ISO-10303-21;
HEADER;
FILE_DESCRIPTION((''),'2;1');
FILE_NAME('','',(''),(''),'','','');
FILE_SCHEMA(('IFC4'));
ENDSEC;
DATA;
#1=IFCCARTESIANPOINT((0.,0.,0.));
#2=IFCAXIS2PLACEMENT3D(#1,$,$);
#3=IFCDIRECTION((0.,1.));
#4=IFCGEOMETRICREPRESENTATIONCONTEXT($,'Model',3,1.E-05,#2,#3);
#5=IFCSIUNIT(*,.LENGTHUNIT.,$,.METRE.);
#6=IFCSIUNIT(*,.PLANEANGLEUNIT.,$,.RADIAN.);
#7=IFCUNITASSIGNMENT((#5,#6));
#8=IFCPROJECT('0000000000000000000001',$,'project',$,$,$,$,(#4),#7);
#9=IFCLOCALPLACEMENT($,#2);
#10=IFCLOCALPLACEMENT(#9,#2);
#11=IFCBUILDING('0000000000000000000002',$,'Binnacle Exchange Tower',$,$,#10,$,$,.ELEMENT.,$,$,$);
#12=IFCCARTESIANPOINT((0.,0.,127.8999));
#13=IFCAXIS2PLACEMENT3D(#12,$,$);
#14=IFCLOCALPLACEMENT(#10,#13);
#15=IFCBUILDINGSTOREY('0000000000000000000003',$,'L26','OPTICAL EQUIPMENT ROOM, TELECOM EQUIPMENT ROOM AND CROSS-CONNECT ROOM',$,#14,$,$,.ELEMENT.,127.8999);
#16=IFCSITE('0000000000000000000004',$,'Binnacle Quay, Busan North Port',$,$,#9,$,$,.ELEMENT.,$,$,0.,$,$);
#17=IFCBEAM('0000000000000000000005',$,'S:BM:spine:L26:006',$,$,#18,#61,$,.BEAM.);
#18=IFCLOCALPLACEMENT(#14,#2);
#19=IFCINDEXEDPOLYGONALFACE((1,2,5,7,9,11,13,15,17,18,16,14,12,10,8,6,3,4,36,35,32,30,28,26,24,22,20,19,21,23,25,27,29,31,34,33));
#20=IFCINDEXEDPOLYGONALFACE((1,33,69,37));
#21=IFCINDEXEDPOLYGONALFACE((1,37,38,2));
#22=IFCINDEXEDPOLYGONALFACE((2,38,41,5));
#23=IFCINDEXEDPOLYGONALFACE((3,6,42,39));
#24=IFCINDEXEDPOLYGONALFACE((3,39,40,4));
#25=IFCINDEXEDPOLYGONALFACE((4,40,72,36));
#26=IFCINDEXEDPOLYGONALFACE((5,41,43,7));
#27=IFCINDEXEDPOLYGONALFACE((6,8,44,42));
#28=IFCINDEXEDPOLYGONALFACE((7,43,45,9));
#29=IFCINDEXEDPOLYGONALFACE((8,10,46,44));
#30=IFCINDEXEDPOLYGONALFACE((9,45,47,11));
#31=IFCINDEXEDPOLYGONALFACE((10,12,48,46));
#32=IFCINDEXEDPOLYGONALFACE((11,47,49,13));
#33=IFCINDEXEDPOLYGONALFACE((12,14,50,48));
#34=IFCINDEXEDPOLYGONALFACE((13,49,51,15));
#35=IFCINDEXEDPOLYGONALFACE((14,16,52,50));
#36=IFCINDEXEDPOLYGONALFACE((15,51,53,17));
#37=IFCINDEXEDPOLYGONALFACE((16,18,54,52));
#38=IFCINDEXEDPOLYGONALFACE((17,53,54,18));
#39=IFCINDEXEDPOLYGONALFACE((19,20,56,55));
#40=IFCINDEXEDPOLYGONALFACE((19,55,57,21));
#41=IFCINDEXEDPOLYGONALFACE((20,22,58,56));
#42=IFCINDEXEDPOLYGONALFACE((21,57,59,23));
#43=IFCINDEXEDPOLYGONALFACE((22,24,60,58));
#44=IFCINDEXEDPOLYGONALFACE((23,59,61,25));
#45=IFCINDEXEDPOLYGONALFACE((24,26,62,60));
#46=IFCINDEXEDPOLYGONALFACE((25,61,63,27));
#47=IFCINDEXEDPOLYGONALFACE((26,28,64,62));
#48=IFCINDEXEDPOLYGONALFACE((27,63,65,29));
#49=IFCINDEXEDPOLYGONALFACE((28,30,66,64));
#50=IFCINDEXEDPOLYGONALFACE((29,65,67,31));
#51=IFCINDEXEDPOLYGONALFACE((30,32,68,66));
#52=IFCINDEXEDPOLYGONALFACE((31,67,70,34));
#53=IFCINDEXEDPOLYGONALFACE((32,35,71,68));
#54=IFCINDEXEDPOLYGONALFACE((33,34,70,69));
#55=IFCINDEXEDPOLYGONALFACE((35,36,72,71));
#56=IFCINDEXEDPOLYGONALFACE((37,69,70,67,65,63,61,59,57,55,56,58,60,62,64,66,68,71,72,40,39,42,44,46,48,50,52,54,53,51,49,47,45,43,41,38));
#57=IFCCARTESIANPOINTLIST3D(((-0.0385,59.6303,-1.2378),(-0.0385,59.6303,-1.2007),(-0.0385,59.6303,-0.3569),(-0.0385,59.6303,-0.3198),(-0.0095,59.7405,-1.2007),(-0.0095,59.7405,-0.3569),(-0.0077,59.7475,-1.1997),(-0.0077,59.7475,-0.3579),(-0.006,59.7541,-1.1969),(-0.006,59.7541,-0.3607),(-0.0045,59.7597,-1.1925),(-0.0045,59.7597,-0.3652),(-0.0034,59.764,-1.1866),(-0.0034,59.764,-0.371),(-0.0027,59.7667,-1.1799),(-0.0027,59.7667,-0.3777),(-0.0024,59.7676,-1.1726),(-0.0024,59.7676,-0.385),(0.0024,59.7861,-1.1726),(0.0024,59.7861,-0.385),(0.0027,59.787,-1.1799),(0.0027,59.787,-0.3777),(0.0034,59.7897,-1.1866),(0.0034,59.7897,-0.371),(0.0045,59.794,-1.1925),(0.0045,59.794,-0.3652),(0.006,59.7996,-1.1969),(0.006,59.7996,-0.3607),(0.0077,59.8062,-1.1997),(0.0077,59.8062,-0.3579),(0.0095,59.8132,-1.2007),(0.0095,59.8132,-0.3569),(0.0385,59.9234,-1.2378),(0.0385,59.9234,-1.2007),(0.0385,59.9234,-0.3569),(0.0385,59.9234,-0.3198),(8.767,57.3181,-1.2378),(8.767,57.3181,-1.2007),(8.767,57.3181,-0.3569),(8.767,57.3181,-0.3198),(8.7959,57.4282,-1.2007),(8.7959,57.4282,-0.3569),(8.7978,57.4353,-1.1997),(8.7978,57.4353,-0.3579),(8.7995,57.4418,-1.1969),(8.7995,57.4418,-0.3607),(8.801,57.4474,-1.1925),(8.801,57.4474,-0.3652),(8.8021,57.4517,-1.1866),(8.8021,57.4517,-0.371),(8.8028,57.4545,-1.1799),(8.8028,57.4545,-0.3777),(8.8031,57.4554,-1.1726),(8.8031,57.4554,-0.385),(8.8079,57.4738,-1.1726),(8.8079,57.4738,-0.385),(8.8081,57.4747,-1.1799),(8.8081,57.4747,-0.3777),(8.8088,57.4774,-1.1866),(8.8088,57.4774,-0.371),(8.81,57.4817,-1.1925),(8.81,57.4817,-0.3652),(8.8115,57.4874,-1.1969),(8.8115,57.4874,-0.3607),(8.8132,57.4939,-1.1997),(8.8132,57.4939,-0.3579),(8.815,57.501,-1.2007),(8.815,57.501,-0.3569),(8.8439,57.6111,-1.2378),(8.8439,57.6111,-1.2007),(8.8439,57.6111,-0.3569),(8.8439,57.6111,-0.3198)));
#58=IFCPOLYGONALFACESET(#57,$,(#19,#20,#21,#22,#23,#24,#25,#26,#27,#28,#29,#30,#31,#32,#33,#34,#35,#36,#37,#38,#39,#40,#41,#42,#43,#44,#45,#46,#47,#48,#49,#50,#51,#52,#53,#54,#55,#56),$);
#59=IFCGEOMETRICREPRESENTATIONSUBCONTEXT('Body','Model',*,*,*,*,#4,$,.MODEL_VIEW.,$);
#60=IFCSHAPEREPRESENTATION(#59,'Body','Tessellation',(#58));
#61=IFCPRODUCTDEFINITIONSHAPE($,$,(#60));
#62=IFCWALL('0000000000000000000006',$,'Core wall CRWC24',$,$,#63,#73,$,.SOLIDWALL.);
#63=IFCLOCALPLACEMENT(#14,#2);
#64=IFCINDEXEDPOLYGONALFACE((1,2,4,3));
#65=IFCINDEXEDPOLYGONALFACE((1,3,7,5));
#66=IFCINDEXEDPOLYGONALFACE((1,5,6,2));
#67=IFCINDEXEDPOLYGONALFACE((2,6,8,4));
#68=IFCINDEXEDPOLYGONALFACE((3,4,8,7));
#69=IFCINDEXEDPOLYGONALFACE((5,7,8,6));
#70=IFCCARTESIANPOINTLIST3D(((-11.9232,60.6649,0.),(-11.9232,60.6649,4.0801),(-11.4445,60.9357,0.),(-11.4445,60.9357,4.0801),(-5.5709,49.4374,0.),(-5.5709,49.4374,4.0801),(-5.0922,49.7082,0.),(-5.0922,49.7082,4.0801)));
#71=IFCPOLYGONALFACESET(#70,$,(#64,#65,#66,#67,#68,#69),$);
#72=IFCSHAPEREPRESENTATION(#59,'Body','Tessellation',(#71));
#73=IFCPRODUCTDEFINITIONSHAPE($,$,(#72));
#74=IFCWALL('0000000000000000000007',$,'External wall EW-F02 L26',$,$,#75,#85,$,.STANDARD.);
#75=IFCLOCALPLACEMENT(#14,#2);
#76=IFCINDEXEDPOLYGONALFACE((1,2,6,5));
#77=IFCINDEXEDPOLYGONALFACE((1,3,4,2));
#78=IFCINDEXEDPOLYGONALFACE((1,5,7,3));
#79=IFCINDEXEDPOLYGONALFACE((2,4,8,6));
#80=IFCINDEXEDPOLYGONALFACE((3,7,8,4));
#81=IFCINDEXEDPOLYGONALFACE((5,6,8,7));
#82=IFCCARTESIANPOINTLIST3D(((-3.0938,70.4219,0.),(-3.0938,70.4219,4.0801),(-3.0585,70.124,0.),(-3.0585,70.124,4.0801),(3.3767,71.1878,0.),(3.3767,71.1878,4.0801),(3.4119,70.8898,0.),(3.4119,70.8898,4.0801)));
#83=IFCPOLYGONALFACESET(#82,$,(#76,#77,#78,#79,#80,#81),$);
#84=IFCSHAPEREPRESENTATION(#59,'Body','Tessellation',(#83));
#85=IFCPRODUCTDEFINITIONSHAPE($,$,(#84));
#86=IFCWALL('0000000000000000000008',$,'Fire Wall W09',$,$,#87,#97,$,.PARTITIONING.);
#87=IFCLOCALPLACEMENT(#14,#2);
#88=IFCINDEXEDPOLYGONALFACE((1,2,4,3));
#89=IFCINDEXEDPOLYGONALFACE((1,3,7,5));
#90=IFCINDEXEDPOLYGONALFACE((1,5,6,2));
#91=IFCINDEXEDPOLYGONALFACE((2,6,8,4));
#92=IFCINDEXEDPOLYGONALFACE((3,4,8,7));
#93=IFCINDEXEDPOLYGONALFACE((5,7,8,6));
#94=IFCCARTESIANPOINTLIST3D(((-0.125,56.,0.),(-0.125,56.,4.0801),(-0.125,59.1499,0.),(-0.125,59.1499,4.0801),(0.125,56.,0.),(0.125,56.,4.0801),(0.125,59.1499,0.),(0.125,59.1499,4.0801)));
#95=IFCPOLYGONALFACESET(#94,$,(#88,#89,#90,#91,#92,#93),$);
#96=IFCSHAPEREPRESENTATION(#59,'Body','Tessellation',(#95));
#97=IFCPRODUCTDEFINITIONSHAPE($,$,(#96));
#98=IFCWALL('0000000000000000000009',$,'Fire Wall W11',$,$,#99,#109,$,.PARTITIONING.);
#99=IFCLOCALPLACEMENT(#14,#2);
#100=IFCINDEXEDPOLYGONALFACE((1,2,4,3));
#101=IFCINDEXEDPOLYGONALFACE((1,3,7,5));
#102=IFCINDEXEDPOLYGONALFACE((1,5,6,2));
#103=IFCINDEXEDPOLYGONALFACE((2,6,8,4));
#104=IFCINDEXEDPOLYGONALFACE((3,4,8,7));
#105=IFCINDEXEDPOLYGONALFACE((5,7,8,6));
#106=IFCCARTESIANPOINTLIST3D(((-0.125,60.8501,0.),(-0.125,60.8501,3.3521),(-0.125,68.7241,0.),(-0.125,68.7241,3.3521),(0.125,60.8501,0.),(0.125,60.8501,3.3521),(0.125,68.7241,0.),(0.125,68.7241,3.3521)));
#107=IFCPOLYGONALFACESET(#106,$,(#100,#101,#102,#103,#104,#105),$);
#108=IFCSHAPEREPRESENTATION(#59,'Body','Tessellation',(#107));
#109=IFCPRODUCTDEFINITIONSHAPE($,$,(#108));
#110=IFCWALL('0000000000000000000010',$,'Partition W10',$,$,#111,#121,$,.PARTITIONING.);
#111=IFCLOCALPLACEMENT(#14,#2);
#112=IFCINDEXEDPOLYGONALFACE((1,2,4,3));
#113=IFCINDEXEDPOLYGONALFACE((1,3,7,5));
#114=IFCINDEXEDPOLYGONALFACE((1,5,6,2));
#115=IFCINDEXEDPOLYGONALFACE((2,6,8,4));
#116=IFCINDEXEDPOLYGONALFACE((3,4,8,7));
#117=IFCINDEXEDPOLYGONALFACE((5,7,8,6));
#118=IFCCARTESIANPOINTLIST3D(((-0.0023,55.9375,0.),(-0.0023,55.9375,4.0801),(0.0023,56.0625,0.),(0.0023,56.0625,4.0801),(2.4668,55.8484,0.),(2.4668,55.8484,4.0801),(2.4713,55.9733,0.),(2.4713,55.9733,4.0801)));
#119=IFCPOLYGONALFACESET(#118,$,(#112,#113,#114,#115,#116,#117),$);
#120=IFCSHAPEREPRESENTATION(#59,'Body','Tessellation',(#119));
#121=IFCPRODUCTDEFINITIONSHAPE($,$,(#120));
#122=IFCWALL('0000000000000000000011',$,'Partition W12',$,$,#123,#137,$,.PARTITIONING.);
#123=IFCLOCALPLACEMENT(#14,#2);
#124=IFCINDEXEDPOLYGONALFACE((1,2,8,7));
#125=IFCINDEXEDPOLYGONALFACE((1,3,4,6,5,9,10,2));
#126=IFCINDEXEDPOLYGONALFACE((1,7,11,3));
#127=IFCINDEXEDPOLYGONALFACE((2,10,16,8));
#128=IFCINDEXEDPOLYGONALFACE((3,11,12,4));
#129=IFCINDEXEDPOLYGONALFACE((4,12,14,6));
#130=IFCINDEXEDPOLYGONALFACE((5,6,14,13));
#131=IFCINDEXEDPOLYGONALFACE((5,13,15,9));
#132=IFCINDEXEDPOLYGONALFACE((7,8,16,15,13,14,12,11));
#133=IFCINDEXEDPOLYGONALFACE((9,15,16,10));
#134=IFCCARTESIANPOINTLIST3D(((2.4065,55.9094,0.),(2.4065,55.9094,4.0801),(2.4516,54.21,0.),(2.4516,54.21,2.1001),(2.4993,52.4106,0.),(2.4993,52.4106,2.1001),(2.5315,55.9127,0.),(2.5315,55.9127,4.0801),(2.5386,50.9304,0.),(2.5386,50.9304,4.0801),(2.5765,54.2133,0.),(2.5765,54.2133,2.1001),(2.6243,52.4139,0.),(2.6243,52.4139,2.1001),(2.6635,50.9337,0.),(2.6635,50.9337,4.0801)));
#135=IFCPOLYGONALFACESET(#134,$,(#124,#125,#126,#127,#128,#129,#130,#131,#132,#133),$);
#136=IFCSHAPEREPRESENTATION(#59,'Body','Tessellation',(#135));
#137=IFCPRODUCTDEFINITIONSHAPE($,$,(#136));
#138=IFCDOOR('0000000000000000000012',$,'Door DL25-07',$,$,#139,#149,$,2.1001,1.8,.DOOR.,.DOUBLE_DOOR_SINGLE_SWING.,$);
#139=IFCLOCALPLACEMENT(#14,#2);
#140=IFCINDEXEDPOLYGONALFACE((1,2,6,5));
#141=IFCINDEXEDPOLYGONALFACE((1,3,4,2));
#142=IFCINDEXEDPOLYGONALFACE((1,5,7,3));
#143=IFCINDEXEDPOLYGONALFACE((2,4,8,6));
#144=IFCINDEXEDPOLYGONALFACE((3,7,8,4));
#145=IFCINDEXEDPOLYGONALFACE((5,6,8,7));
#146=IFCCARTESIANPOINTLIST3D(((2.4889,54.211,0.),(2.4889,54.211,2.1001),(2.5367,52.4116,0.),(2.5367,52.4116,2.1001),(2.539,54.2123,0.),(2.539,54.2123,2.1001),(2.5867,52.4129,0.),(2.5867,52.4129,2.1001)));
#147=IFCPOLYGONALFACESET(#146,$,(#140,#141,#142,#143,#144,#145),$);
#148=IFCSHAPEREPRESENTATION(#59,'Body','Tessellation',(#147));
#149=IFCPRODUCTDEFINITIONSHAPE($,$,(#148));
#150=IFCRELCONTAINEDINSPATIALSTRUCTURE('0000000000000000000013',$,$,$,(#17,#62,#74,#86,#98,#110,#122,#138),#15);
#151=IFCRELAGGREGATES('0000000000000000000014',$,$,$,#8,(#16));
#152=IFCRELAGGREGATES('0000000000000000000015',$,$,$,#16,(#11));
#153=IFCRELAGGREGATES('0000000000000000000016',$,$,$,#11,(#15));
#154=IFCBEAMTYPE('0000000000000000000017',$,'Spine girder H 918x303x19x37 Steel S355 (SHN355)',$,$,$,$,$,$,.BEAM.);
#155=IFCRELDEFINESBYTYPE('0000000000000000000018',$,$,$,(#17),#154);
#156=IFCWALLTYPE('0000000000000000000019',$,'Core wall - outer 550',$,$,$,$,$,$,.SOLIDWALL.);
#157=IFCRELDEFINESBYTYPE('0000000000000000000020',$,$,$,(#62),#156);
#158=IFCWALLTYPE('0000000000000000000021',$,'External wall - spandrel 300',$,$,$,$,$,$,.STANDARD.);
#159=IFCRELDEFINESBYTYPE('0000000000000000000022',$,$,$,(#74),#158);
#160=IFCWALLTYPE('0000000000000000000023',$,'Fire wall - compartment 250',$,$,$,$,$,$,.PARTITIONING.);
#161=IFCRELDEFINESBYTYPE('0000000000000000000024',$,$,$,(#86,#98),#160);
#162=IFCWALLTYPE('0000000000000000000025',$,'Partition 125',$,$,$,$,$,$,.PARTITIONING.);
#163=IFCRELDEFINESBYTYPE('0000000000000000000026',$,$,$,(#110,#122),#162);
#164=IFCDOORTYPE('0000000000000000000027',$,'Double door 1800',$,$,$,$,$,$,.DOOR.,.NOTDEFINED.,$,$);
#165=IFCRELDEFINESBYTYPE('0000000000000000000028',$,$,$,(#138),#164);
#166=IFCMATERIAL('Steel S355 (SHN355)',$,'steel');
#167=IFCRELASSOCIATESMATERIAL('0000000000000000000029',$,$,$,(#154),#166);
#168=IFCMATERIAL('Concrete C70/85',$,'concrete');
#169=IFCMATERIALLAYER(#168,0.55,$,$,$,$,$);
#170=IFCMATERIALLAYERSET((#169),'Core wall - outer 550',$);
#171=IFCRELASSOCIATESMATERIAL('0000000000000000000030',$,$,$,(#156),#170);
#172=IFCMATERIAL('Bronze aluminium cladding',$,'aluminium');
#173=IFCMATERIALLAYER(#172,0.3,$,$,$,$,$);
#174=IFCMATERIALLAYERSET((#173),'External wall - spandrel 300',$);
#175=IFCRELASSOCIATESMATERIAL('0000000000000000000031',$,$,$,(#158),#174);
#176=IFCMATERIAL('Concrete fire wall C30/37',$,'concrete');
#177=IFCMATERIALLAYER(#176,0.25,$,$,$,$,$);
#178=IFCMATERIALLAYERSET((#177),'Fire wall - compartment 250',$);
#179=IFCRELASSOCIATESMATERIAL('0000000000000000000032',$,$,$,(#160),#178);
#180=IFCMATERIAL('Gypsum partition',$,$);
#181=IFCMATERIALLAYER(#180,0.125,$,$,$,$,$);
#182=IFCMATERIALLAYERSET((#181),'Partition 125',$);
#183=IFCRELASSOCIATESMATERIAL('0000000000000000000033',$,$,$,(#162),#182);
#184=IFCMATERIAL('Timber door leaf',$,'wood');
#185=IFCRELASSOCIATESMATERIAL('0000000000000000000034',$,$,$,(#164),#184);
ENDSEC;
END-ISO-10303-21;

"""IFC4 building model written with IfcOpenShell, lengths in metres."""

from ifc_helpers import new_model, si_unit, direction, frame, frame_2d, origin, origin_2d, place, context, subcontext, project, spatial, rectangle, i_section, extrude, material, layer, layer_set, material_profile, profile_set, type_object, element, fill, save


model = new_model("IFC4")

# Units and contexts
model_context = context("Model", 3, precision=1e-05, world=origin(), true_north=direction((0.0, 1.0)))
body_context = subcontext(model_context, "Body", "Model", "MODEL_VIEW")
ifc_project = project(units=[si_unit("LENGTHUNIT", "METRE"), si_unit("PLANEANGLEUNIT", "RADIAN")], contexts=[model_context])

# Site, building, storey
site_placement = place(None, origin())
site = spatial("IfcSite", under=ifc_project, at=site_placement, Name="Binnacle Quay, Busan North Port", CompositionType="ELEMENT", RefElevation=0.0)
building_placement = place(site_placement, origin())
building = spatial("IfcBuilding", under=site, at=building_placement, Name="Binnacle Exchange Tower", CompositionType="ELEMENT")
storey_placement = place(building_placement, frame((0.0, 0.0, 127.8999)))
storey = spatial("IfcBuildingStorey", under=building, at=storey_placement, Name="L26", Description="OPTICAL EQUIPMENT ROOM, TELECOM EQUIPMENT ROOM AND CROSS-CONNECT ROOM", CompositionType="ELEMENT", Elevation=127.8999)

# Shared definitions
ifc_material_1 = material(Name="Concrete C70/85", Category="concrete")

# Beam
ifc_material_2 = material(Name="Steel S355 (SHN355)", Category="steel")
ifc_material_profile_1 = material_profile(ifc_material_2, i_section(OverallWidth=0.303, OverallDepth=0.918, WebThickness=0.019, FlangeThickness=0.0371, FilletRadius=0.0281, at=origin_2d()), Name="H 918x303x19x37")
ifc_profile_set_1 = profile_set([ifc_material_profile_1], Name="Steel S355 (SHN355)")
beam_type_1 = type_object("IfcBeamType", Name="Spine girder H 918x303x19x37 Steel S355 (SHN355)", PredefinedType="BEAM", material=ifc_profile_set_1)
beam_1_placement = place(storey_placement, frame((0.0, 59.7769, -0.7788), z_axis=(0.967208, -0.253984, 0.0), x_axis=(0.253984, 0.967208, 0.0)))
element("IfcBeam", 1, at=beam_1_placement, inside=storey, type_object=beam_type_1, Name="S:BM:spine:L26:006", PredefinedType="BEAM", context=body_context, shape_type="SweptSolid", body=[
    extrude(i_section(OverallWidth=0.303, OverallDepth=0.918, WebThickness=0.019, FlangeThickness=0.0371, FilletRadius=0.0281, at=origin_2d()), origin(), (0.0, 0.0, 1.0), 9.104),
])

# Walls
ifc_layer_1 = layer(ifc_material_1, 0.55)
ifc_layer_set_1 = layer_set([ifc_layer_1], Name="Core wall - outer 550")
wall_type_1 = type_object("IfcWallType", Name="Core wall - outer 550", PredefinedType="SOLIDWALL", material=ifc_layer_set_1)
wall_1_placement = place(storey_placement, frame((-11.6838, 60.8003, 0.0), z_axis=(0.0, 0.0, 1.0), x_axis=(0.492427, -0.870354, 0.0)))
element("IfcWall", 2, at=wall_1_placement, inside=storey, type_object=wall_type_1, Name="Core wall CRWC24", PredefinedType="SOLIDWALL", context=body_context, shape_type="SweptSolid", body=[
    extrude(rectangle(XDim=12.8999, YDim=0.55, at=frame_2d((6.45, 0.0))), origin(), (0.0, 0.0, 1.0), 4.0801),
])
ifc_material_3 = material(Name="Bronze aluminium cladding", Category="aluminium")
ifc_layer_2 = layer(ifc_material_3, 0.3)
ifc_layer_set_2 = layer_set([ifc_layer_2], Name="External wall - spandrel 300")
wall_type_2 = type_object("IfcWallType", Name="External wall - spandrel 300", PredefinedType="STANDARD", material=ifc_layer_set_2)
wall_2_placement = place(storey_placement, frame((-3.0762, 70.2729, 0.0), z_axis=(0.0, 0.0, 1.0), x_axis=(0.993068, 0.117543, 0.0)))
element("IfcWall", 3, at=wall_2_placement, inside=storey, type_object=wall_type_2, Name="External wall EW-F02 L26", PredefinedType="STANDARD", context=body_context, shape_type="SweptSolid", body=[
    extrude(rectangle(XDim=6.5156, YDim=0.3, at=frame_2d((3.2578, 0.0))), origin(), (0.0, 0.0, 1.0), 4.0801),
])
ifc_material_4 = material(Name="Concrete fire wall C30/37", Category="concrete")
ifc_layer_3 = layer(ifc_material_4, 0.25)
ifc_layer_set_3 = layer_set([ifc_layer_3], Name="Fire wall - compartment 250")
wall_type_3 = type_object("IfcWallType", Name="Fire wall - compartment 250", PredefinedType="PARTITIONING", material=ifc_layer_set_3)
wall_3_placement = place(storey_placement, frame((0.0, 56.0, 0.0), z_axis=(0.0, 0.0, 1.0), x_axis=(0.0, 1.0, 0.0)))
element("IfcWall", 4, at=wall_3_placement, inside=storey, type_object=wall_type_3, Name="Fire Wall W09", PredefinedType="PARTITIONING", context=body_context, shape_type="SweptSolid", body=[
    extrude(rectangle(XDim=3.1499, YDim=0.25, at=frame_2d((1.575, 0.0))), origin(), (0.0, 0.0, 1.0), 4.0801),
])
wall_4_placement = place(storey_placement, frame((0.0, 60.8501, 0.0), z_axis=(0.0, 0.0, 1.0), x_axis=(0.0, 1.0, 0.0)))
element("IfcWall", 5, at=wall_4_placement, inside=storey, type_object=wall_type_3, Name="Fire Wall W11", PredefinedType="PARTITIONING", context=body_context, shape_type="SweptSolid", body=[
    extrude(rectangle(XDim=7.874, YDim=0.25, at=frame_2d((3.937, 0.0))), origin(), (0.0, 0.0, 1.0), 3.3521),
])
ifc_material_5 = material(Name="Gypsum partition")
ifc_layer_4 = layer(ifc_material_5, 0.125)
ifc_layer_set_4 = layer_set([ifc_layer_4], Name="Partition 125")
wall_type_4 = type_object("IfcWallType", Name="Partition 125", PredefinedType="PARTITIONING", material=ifc_layer_set_4)
wall_5_placement = place(storey_placement, frame((0.0, 56.0, 0.0), z_axis=(0.0, 0.0, 1.0), x_axis=(0.999349, -0.036069, 0.0)))
element("IfcWall", 6, at=wall_5_placement, inside=storey, type_object=wall_type_4, Name="Partition W10", PredefinedType="PARTITIONING", context=body_context, shape_type="SweptSolid", body=[
    extrude(rectangle(XDim=2.4707, YDim=0.125, at=frame_2d((1.2354, 0.0))), origin(), (0.0, 0.0, 1.0), 4.0801),
])

# Wall, opening, door
wall_6_placement = place(storey_placement, frame((2.469, 55.9109, 0.0), z_axis=(0.0, 0.0, 1.0), x_axis=(0.026518, -0.999648, 0.0)))
wall_6 = element("IfcWall", 7, at=wall_6_placement, inside=storey, type_object=wall_type_4, Name="Partition W12", PredefinedType="PARTITIONING", context=body_context, shape_type="SweptSolid", body=[
    extrude(rectangle(XDim=4.9807, YDim=0.125, at=frame_2d((2.4902, 0.0))), origin(), (0.0, 0.0, 1.0), 4.0801),
])
opening_placement = place(wall_6_placement, frame((1.7, 0.0, 0.0)))
opening = element("IfcOpeningElement", 8, at=opening_placement, cuts=wall_6, PredefinedType="OPENING", context=body_context, shape_type="SweptSolid", body=[
    extrude(rectangle(XDim=1.8, YDim=2.1001, at=frame_2d((0.8999, 1.05))), frame((0.0, 0.0725, 0.0), z_axis=(0.0, -1.0, 0.0), x_axis=(1.0, 0.0, 0.0)), (0.0, 0.0, 1.0), 0.145),
])
ifc_material_6 = material(Name="Timber door leaf", Category="wood")
door_type = type_object("IfcDoorType", Name="Double door 1800", OperationType="NOTDEFINED", PredefinedType="DOOR", material=ifc_material_6)
door_placement = place(opening_placement, origin())
door = element("IfcDoor", 9, at=door_placement, inside=storey, type_object=door_type, Name="Door DL25-07", OperationType="DOUBLE_DOOR_SINGLE_SWING", OverallHeight=2.1001, OverallWidth=1.8, PredefinedType="DOOR", context=body_context, shape_type="SweptSolid", body=[
    extrude(rectangle(XDim=1.8, YDim=2.1001, at=frame_2d((0.8999, 1.05))), frame((0.0, 0.0249, 0.0), z_axis=(0.0, -1.0, 0.0), x_axis=(1.0, 0.0, 0.0)), (0.0, 0.0, 1.0), 0.05),
])
fill(opening, door)

save(model, "model.ifc")
